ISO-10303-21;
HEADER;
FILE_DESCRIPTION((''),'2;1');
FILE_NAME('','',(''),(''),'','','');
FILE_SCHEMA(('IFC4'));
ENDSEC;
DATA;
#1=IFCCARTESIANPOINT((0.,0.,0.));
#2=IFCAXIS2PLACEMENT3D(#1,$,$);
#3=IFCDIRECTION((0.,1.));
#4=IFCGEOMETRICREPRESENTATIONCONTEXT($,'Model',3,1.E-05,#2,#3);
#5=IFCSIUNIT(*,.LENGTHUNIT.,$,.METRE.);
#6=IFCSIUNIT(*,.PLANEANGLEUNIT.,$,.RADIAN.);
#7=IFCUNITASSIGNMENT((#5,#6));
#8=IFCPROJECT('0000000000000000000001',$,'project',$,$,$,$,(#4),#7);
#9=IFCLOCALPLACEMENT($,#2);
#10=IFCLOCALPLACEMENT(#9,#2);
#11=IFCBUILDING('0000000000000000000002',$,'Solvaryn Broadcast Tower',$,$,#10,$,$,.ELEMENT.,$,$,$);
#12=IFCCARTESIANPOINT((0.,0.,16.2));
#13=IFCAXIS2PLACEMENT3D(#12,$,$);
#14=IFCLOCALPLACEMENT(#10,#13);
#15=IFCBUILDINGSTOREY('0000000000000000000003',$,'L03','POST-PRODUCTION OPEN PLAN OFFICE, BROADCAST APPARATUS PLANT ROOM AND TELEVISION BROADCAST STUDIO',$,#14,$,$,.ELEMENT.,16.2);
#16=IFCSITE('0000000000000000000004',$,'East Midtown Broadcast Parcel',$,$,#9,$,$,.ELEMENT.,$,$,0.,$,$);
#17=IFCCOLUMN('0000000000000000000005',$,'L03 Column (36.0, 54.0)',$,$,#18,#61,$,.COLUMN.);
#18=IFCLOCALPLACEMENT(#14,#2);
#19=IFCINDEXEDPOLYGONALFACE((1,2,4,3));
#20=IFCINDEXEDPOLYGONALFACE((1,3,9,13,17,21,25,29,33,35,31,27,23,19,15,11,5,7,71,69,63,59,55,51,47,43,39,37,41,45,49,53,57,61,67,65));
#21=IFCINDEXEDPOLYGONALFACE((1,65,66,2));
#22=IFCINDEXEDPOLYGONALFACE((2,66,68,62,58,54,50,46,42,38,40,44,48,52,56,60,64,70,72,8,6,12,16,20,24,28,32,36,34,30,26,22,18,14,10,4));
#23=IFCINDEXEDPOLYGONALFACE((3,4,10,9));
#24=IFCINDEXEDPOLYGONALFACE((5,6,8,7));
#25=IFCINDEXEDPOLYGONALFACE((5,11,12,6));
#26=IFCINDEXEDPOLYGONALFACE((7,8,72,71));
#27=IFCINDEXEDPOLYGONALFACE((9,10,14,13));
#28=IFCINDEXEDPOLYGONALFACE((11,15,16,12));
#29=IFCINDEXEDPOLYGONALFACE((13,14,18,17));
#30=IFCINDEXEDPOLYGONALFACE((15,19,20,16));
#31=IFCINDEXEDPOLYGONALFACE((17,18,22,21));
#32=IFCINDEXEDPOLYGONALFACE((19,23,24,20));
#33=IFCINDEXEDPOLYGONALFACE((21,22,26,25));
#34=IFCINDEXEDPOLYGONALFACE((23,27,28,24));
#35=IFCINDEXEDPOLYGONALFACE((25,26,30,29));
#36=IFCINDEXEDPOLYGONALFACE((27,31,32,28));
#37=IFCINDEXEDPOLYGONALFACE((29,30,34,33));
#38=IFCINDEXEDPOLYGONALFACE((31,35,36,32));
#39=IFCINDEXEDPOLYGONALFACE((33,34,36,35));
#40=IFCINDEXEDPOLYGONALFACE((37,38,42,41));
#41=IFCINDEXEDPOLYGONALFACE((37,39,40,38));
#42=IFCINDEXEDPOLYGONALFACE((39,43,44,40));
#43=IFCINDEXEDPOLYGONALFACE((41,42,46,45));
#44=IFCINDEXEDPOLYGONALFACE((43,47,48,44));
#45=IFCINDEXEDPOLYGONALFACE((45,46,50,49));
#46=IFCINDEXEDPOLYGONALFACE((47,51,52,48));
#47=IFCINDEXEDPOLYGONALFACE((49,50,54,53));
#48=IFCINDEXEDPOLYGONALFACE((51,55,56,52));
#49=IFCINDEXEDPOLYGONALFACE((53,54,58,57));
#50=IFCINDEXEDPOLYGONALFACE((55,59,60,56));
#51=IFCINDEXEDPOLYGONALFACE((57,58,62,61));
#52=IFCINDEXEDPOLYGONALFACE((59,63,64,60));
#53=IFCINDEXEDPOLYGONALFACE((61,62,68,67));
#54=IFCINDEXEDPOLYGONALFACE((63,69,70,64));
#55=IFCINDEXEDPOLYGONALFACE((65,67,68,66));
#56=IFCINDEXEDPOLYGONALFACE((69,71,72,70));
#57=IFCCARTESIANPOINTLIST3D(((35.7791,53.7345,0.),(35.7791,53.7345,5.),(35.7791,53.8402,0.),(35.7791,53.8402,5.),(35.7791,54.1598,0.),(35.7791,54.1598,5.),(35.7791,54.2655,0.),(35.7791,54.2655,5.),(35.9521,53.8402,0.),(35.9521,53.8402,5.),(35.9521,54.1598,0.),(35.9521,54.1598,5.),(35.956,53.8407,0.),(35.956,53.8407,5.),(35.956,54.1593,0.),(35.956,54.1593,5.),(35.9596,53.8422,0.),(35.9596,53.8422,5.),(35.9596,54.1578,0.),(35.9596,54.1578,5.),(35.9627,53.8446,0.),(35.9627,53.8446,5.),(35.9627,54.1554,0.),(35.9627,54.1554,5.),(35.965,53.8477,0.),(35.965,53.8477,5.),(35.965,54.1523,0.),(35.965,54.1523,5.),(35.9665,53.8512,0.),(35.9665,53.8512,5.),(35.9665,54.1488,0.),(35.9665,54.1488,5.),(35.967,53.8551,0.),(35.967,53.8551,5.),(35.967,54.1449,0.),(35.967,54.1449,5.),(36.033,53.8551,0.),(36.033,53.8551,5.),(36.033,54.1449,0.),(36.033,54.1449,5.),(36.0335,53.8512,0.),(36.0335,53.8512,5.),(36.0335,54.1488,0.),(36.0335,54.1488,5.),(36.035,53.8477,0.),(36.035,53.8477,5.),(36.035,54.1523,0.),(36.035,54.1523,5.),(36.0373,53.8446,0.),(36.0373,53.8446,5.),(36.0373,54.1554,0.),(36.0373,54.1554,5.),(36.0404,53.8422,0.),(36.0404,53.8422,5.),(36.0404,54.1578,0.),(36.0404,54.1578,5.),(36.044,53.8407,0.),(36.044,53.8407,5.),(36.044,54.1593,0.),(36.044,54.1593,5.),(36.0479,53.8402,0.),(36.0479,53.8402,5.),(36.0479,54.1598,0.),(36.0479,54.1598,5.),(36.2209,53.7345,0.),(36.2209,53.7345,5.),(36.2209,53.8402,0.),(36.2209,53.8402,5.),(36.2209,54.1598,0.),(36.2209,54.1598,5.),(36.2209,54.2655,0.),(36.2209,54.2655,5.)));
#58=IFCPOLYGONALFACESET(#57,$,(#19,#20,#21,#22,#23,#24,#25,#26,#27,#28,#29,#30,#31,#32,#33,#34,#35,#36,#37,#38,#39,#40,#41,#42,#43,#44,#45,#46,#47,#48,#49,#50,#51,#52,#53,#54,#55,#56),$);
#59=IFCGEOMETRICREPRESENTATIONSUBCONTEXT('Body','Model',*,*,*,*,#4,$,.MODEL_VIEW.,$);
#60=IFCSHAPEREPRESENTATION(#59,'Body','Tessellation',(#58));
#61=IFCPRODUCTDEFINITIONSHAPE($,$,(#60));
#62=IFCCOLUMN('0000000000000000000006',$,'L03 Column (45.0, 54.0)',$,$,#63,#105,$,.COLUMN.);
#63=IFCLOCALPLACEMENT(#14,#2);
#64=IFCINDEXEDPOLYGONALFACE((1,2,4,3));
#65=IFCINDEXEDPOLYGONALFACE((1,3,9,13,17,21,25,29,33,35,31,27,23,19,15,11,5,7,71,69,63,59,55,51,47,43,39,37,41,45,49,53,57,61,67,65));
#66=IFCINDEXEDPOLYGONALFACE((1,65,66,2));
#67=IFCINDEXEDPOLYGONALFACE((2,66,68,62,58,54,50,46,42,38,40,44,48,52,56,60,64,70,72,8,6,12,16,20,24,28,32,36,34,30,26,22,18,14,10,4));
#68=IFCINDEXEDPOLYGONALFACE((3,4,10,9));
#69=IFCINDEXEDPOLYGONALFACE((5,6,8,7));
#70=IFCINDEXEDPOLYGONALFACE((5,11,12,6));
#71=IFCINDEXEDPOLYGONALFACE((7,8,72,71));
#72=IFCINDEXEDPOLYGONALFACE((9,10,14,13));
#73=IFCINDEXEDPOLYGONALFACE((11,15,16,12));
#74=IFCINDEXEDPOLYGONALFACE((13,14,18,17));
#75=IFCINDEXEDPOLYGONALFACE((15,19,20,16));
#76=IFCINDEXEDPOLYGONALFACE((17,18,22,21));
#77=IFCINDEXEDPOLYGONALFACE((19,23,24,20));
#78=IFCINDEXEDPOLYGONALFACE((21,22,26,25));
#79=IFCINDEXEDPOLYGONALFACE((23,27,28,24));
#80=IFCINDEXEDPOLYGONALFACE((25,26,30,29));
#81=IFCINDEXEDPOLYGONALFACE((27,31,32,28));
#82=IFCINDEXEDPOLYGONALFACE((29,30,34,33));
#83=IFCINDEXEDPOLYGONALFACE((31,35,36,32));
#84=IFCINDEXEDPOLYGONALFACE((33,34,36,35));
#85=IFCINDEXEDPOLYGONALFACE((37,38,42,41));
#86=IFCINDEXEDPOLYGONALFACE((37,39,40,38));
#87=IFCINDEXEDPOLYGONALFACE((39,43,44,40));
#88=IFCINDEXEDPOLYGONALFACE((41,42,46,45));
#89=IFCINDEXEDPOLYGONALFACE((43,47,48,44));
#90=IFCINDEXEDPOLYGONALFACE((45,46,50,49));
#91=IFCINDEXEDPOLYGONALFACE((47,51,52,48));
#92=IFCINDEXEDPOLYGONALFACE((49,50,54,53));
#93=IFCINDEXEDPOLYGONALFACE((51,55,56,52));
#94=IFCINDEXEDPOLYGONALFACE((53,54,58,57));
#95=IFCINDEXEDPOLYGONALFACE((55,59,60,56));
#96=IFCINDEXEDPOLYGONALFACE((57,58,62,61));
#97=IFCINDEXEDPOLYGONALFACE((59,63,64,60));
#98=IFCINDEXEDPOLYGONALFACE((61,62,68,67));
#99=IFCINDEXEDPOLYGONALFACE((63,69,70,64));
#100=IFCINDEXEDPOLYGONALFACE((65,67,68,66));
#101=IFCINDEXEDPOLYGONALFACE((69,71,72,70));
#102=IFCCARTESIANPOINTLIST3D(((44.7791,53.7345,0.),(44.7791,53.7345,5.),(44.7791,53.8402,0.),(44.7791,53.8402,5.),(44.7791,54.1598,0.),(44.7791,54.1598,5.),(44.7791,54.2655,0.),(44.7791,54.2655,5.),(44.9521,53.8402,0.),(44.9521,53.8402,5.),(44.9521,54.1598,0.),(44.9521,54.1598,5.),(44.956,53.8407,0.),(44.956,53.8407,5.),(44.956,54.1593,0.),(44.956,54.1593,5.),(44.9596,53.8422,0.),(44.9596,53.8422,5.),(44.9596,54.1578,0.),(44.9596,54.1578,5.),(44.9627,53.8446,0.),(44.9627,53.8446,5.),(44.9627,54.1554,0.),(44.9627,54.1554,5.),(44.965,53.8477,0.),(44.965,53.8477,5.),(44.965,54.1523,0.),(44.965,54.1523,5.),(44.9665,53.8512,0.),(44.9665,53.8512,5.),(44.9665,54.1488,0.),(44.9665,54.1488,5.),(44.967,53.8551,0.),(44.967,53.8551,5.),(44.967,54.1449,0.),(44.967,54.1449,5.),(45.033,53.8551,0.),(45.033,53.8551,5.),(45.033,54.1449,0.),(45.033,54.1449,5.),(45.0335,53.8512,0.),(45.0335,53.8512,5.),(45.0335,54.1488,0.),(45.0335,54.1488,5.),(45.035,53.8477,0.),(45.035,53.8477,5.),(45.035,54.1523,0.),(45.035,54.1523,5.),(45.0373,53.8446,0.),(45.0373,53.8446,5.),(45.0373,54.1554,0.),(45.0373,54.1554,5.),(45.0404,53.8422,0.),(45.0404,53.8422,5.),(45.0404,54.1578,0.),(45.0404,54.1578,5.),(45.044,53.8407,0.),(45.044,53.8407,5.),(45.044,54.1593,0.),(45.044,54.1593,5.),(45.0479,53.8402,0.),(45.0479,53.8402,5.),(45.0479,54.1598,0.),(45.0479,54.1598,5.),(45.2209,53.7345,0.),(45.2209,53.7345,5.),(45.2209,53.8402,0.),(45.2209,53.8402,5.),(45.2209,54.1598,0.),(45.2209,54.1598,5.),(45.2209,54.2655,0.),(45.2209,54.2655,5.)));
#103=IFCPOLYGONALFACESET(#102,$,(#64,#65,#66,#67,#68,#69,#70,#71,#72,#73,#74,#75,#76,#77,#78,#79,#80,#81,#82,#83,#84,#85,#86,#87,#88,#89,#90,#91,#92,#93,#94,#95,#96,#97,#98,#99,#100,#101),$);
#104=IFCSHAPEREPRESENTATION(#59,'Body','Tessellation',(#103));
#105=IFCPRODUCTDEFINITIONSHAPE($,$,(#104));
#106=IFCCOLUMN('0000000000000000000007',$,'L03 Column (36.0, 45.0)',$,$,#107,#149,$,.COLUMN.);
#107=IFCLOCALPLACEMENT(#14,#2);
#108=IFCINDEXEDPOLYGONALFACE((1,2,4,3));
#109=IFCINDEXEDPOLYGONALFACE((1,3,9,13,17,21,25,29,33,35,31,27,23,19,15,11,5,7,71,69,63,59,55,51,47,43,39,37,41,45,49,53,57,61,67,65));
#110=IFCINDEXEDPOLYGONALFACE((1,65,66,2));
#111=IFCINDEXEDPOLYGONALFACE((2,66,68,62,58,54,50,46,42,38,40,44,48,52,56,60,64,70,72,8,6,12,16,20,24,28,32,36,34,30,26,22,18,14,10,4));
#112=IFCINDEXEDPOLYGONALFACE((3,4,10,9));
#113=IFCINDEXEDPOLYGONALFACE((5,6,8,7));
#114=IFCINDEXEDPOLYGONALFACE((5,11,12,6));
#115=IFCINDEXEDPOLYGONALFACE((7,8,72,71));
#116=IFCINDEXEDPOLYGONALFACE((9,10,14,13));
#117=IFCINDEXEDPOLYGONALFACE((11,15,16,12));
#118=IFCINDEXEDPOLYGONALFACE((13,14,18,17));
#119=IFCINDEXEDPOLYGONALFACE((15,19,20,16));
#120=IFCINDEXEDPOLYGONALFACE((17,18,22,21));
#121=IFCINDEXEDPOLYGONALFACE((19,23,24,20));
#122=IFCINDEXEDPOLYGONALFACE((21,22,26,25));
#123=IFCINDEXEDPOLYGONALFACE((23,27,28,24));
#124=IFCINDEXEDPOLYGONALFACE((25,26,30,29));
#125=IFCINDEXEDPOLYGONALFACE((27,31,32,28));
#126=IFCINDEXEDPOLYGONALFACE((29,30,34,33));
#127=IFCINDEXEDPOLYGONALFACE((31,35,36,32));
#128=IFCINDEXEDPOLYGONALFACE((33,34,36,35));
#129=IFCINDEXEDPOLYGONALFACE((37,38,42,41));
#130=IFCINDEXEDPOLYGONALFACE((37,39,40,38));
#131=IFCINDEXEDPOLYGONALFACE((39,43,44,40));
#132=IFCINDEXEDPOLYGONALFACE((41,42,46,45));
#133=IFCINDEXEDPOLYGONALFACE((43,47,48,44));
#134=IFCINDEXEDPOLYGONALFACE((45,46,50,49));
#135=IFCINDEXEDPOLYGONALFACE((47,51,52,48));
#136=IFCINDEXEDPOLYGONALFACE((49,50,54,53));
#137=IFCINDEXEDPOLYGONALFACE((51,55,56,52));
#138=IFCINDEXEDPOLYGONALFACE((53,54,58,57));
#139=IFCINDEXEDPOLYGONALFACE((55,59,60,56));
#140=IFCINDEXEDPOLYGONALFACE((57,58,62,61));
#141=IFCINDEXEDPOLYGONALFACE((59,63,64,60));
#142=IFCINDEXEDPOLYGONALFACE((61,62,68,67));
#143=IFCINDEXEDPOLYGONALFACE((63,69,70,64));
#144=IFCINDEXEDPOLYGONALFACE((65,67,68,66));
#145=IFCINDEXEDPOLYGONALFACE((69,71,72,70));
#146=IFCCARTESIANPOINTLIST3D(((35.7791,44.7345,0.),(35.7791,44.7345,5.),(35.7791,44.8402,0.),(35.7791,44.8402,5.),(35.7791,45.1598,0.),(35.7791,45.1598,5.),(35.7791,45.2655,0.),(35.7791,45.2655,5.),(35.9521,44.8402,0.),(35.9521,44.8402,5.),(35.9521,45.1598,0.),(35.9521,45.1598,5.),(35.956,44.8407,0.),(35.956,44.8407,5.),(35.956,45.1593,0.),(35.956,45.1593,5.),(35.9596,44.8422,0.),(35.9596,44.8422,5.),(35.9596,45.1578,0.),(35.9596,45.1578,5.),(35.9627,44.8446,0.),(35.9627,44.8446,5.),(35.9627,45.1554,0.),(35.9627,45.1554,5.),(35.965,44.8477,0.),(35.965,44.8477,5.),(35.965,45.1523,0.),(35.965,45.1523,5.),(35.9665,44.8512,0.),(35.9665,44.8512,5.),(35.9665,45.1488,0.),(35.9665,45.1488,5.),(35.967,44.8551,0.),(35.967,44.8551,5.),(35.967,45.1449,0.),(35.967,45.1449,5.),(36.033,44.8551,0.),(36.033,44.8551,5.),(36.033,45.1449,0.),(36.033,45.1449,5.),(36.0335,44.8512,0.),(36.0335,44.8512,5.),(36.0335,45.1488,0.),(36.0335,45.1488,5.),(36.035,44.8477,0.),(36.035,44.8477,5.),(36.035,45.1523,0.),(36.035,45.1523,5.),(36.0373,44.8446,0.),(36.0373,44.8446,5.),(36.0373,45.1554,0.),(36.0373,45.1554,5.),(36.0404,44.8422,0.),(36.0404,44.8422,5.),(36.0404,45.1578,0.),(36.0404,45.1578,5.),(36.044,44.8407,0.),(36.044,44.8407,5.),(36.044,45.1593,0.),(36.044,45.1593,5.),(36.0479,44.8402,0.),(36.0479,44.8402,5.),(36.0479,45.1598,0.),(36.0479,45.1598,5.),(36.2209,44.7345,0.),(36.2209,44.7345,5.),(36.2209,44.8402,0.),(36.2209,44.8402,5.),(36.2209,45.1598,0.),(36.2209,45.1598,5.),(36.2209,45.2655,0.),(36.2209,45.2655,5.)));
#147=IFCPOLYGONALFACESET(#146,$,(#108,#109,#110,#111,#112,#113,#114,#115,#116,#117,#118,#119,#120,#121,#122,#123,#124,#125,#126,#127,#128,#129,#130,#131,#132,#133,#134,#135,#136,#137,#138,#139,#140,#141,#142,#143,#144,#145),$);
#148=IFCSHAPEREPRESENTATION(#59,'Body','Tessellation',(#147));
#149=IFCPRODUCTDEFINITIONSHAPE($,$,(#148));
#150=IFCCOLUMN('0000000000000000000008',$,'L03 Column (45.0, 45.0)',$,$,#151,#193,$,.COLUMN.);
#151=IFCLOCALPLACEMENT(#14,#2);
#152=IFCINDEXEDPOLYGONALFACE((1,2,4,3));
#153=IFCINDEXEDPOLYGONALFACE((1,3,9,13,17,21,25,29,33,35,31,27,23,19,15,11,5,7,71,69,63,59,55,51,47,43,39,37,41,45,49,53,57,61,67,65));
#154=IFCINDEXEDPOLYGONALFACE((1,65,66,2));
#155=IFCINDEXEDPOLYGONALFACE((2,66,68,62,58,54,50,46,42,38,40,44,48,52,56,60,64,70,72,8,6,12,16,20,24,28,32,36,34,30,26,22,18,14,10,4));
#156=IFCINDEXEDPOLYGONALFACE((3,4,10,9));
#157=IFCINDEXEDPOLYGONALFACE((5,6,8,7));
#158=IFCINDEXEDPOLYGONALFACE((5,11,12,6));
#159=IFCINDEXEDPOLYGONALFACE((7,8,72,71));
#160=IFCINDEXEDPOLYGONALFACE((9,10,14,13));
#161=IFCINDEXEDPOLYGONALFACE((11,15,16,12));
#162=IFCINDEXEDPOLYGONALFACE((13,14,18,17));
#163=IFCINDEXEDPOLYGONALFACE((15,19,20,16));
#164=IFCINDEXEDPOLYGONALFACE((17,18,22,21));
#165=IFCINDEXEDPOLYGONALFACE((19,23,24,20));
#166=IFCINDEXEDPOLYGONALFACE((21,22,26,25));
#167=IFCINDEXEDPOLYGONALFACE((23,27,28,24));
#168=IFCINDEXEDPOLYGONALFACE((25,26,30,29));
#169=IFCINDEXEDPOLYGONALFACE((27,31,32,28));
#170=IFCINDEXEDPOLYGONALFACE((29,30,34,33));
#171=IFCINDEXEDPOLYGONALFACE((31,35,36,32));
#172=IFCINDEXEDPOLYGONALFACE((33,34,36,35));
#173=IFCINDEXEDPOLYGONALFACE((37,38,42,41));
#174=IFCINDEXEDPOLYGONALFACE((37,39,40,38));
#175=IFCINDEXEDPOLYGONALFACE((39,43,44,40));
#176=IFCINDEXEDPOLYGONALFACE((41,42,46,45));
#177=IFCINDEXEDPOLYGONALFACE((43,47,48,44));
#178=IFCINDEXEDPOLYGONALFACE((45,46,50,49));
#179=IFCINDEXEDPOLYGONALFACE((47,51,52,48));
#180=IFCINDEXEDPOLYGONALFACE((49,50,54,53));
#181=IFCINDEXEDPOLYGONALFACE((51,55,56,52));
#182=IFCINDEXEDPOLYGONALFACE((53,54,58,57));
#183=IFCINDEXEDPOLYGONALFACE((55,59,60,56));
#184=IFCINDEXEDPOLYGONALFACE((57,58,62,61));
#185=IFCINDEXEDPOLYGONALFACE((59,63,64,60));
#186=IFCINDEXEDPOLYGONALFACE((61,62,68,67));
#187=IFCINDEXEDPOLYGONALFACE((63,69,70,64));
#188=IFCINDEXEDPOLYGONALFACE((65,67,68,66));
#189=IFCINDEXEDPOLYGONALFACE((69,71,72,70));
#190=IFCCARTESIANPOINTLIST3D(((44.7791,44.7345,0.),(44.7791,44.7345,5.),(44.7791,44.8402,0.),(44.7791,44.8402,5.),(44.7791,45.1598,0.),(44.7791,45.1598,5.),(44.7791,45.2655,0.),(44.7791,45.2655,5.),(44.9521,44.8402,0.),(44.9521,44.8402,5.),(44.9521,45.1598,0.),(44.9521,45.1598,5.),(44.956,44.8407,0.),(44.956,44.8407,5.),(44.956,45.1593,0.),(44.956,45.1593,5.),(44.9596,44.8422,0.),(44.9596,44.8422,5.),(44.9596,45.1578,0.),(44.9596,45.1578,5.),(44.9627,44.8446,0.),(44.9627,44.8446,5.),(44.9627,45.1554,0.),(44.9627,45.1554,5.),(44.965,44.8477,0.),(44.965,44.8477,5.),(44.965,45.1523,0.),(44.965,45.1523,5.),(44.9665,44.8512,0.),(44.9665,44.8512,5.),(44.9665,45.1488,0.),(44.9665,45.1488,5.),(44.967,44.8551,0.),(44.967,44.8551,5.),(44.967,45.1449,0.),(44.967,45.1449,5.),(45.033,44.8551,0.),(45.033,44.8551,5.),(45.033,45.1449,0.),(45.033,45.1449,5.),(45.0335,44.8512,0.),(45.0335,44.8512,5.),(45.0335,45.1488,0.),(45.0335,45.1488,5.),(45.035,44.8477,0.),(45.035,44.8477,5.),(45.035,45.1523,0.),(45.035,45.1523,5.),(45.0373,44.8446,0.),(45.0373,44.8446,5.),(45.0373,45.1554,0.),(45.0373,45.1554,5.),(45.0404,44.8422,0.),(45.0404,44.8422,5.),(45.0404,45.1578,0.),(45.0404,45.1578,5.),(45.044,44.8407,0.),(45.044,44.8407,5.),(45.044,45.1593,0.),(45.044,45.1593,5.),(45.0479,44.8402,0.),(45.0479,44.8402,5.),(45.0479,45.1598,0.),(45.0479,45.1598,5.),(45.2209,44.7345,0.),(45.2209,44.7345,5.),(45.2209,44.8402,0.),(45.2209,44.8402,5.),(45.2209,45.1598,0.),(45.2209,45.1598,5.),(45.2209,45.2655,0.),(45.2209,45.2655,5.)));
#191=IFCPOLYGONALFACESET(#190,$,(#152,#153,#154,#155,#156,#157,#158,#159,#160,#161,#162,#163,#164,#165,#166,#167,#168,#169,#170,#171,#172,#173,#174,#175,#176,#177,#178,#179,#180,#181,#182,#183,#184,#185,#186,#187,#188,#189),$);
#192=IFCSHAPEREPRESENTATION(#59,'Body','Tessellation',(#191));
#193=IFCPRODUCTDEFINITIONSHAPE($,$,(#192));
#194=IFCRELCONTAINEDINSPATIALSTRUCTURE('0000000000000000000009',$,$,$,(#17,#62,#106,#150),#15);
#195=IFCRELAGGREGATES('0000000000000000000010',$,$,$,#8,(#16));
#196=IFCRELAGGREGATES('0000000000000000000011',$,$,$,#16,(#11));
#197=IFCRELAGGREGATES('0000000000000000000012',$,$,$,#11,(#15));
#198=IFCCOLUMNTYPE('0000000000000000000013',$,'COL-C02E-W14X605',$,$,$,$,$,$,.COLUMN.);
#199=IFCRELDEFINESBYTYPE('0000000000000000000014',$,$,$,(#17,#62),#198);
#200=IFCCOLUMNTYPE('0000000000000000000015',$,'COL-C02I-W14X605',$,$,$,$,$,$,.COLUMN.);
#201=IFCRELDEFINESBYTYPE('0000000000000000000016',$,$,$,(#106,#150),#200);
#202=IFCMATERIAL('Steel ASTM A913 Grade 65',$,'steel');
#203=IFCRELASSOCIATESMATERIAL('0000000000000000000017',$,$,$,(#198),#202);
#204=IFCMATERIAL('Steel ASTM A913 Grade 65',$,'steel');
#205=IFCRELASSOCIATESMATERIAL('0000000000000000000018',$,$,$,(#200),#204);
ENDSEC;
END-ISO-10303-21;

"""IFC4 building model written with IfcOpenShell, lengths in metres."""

from ifc_helpers import new_model, si_unit, direction, frame, origin, origin_2d, place, context, subcontext, project, spatial, i_section, extrude, material, material_profile, profile_set, type_object, element, save


model = new_model("IFC4")

# Units and contexts
model_context = context("Model", 3, precision=1e-05, world=origin(), true_north=direction((0.0, 1.0)))
body_context = subcontext(model_context, "Body", "Model", "MODEL_VIEW")
ifc_project = project(units=[si_unit("LENGTHUNIT", "METRE"), si_unit("PLANEANGLEUNIT", "RADIAN")], contexts=[model_context])

# Site, building, storey
site_placement = place(None, origin())
site = spatial("IfcSite", under=ifc_project, at=site_placement, Name="East Midtown Broadcast Parcel", CompositionType="ELEMENT", RefElevation=0.0)
building_placement = place(site_placement, origin())
building = spatial("IfcBuilding", under=site, at=building_placement, Name="Solvaryn Broadcast Tower", CompositionType="ELEMENT")
storey_placement = place(building_placement, frame((0.0, 0.0, 16.2)))
storey = spatial("IfcBuildingStorey", under=building, at=storey_placement, Name="L03", Description="POST-PRODUCTION OPEN PLAN OFFICE, BROADCAST APPARATUS PLANT ROOM AND TELEVISION BROADCAST STUDIO", CompositionType="ELEMENT", Elevation=16.2)

# Columns
ifc_material_1 = material(Name="Steel ASTM A913 Grade 65", Category="steel")
ifc_material_profile_1 = material_profile(ifc_material_1, i_section(OverallWidth=0.4419, OverallDepth=0.531, WebThickness=0.0659, FlangeThickness=0.1057, FilletRadius=0.0149, at=origin_2d()))
ifc_profile_set_1 = profile_set([ifc_material_profile_1], Name="Steel ASTM A913 Grade 65")
column_type_1 = type_object("IfcColumnType", Name="COL-C02E-W14X605", PredefinedType="COLUMN", material=ifc_profile_set_1)
for number, where, z_axis, x_axis, name in (
    (1, (36.0, 54.0, 0.0), (0.0, 0.0, 1.0), (1.0, 0.0, 0.0), "L03 Column (36.0, 54.0)"),
    (2, (45.0, 54.0, 0.0), (0.0, 0.0, 1.0), (1.0, 0.0, 0.0), "L03 Column (45.0, 54.0)"),
):
    element("IfcColumn", number, at=place(storey_placement, frame(where, z_axis=z_axis, x_axis=x_axis)), inside=storey, type_object=column_type_1, Name=name, PredefinedType="COLUMN", context=body_context, shape_type="SweptSolid", body=[
        extrude(i_section(OverallWidth=0.4419, OverallDepth=0.531, WebThickness=0.0659, FlangeThickness=0.1057, FilletRadius=0.0149, at=origin_2d()), origin(), (0.0, 0.0, 1.0), 5.0),
    ])
ifc_material_2 = material(Name="Steel ASTM A913 Grade 65", Category="steel")
ifc_material_profile_2 = material_profile(ifc_material_2, i_section(OverallWidth=0.4419, OverallDepth=0.531, WebThickness=0.0659, FlangeThickness=0.1057, FilletRadius=0.0149, at=origin_2d()))
ifc_profile_set_2 = profile_set([ifc_material_profile_2], Name="Steel ASTM A913 Grade 65")
column_type_2 = type_object("IfcColumnType", Name="COL-C02I-W14X605", PredefinedType="COLUMN", material=ifc_profile_set_2)
for number, where, z_axis, x_axis, name in (
    (3, (36.0, 45.0, 0.0), (0.0, 0.0, 1.0), (1.0, 0.0, 0.0), "L03 Column (36.0, 45.0)"),
    (4, (45.0, 45.0, 0.0), (0.0, 0.0, 1.0), (1.0, 0.0, 0.0), "L03 Column (45.0, 45.0)"),
):
    element("IfcColumn", number, at=place(storey_placement, frame(where, z_axis=z_axis, x_axis=x_axis)), inside=storey, type_object=column_type_2, Name=name, PredefinedType="COLUMN", context=body_context, shape_type="SweptSolid", body=[
        extrude(i_section(OverallWidth=0.4419, OverallDepth=0.531, WebThickness=0.0659, FlangeThickness=0.1057, FilletRadius=0.0149, at=origin_2d()), origin(), (0.0, 0.0, 1.0), 5.0),
    ])

save(model, "model.ifc")
